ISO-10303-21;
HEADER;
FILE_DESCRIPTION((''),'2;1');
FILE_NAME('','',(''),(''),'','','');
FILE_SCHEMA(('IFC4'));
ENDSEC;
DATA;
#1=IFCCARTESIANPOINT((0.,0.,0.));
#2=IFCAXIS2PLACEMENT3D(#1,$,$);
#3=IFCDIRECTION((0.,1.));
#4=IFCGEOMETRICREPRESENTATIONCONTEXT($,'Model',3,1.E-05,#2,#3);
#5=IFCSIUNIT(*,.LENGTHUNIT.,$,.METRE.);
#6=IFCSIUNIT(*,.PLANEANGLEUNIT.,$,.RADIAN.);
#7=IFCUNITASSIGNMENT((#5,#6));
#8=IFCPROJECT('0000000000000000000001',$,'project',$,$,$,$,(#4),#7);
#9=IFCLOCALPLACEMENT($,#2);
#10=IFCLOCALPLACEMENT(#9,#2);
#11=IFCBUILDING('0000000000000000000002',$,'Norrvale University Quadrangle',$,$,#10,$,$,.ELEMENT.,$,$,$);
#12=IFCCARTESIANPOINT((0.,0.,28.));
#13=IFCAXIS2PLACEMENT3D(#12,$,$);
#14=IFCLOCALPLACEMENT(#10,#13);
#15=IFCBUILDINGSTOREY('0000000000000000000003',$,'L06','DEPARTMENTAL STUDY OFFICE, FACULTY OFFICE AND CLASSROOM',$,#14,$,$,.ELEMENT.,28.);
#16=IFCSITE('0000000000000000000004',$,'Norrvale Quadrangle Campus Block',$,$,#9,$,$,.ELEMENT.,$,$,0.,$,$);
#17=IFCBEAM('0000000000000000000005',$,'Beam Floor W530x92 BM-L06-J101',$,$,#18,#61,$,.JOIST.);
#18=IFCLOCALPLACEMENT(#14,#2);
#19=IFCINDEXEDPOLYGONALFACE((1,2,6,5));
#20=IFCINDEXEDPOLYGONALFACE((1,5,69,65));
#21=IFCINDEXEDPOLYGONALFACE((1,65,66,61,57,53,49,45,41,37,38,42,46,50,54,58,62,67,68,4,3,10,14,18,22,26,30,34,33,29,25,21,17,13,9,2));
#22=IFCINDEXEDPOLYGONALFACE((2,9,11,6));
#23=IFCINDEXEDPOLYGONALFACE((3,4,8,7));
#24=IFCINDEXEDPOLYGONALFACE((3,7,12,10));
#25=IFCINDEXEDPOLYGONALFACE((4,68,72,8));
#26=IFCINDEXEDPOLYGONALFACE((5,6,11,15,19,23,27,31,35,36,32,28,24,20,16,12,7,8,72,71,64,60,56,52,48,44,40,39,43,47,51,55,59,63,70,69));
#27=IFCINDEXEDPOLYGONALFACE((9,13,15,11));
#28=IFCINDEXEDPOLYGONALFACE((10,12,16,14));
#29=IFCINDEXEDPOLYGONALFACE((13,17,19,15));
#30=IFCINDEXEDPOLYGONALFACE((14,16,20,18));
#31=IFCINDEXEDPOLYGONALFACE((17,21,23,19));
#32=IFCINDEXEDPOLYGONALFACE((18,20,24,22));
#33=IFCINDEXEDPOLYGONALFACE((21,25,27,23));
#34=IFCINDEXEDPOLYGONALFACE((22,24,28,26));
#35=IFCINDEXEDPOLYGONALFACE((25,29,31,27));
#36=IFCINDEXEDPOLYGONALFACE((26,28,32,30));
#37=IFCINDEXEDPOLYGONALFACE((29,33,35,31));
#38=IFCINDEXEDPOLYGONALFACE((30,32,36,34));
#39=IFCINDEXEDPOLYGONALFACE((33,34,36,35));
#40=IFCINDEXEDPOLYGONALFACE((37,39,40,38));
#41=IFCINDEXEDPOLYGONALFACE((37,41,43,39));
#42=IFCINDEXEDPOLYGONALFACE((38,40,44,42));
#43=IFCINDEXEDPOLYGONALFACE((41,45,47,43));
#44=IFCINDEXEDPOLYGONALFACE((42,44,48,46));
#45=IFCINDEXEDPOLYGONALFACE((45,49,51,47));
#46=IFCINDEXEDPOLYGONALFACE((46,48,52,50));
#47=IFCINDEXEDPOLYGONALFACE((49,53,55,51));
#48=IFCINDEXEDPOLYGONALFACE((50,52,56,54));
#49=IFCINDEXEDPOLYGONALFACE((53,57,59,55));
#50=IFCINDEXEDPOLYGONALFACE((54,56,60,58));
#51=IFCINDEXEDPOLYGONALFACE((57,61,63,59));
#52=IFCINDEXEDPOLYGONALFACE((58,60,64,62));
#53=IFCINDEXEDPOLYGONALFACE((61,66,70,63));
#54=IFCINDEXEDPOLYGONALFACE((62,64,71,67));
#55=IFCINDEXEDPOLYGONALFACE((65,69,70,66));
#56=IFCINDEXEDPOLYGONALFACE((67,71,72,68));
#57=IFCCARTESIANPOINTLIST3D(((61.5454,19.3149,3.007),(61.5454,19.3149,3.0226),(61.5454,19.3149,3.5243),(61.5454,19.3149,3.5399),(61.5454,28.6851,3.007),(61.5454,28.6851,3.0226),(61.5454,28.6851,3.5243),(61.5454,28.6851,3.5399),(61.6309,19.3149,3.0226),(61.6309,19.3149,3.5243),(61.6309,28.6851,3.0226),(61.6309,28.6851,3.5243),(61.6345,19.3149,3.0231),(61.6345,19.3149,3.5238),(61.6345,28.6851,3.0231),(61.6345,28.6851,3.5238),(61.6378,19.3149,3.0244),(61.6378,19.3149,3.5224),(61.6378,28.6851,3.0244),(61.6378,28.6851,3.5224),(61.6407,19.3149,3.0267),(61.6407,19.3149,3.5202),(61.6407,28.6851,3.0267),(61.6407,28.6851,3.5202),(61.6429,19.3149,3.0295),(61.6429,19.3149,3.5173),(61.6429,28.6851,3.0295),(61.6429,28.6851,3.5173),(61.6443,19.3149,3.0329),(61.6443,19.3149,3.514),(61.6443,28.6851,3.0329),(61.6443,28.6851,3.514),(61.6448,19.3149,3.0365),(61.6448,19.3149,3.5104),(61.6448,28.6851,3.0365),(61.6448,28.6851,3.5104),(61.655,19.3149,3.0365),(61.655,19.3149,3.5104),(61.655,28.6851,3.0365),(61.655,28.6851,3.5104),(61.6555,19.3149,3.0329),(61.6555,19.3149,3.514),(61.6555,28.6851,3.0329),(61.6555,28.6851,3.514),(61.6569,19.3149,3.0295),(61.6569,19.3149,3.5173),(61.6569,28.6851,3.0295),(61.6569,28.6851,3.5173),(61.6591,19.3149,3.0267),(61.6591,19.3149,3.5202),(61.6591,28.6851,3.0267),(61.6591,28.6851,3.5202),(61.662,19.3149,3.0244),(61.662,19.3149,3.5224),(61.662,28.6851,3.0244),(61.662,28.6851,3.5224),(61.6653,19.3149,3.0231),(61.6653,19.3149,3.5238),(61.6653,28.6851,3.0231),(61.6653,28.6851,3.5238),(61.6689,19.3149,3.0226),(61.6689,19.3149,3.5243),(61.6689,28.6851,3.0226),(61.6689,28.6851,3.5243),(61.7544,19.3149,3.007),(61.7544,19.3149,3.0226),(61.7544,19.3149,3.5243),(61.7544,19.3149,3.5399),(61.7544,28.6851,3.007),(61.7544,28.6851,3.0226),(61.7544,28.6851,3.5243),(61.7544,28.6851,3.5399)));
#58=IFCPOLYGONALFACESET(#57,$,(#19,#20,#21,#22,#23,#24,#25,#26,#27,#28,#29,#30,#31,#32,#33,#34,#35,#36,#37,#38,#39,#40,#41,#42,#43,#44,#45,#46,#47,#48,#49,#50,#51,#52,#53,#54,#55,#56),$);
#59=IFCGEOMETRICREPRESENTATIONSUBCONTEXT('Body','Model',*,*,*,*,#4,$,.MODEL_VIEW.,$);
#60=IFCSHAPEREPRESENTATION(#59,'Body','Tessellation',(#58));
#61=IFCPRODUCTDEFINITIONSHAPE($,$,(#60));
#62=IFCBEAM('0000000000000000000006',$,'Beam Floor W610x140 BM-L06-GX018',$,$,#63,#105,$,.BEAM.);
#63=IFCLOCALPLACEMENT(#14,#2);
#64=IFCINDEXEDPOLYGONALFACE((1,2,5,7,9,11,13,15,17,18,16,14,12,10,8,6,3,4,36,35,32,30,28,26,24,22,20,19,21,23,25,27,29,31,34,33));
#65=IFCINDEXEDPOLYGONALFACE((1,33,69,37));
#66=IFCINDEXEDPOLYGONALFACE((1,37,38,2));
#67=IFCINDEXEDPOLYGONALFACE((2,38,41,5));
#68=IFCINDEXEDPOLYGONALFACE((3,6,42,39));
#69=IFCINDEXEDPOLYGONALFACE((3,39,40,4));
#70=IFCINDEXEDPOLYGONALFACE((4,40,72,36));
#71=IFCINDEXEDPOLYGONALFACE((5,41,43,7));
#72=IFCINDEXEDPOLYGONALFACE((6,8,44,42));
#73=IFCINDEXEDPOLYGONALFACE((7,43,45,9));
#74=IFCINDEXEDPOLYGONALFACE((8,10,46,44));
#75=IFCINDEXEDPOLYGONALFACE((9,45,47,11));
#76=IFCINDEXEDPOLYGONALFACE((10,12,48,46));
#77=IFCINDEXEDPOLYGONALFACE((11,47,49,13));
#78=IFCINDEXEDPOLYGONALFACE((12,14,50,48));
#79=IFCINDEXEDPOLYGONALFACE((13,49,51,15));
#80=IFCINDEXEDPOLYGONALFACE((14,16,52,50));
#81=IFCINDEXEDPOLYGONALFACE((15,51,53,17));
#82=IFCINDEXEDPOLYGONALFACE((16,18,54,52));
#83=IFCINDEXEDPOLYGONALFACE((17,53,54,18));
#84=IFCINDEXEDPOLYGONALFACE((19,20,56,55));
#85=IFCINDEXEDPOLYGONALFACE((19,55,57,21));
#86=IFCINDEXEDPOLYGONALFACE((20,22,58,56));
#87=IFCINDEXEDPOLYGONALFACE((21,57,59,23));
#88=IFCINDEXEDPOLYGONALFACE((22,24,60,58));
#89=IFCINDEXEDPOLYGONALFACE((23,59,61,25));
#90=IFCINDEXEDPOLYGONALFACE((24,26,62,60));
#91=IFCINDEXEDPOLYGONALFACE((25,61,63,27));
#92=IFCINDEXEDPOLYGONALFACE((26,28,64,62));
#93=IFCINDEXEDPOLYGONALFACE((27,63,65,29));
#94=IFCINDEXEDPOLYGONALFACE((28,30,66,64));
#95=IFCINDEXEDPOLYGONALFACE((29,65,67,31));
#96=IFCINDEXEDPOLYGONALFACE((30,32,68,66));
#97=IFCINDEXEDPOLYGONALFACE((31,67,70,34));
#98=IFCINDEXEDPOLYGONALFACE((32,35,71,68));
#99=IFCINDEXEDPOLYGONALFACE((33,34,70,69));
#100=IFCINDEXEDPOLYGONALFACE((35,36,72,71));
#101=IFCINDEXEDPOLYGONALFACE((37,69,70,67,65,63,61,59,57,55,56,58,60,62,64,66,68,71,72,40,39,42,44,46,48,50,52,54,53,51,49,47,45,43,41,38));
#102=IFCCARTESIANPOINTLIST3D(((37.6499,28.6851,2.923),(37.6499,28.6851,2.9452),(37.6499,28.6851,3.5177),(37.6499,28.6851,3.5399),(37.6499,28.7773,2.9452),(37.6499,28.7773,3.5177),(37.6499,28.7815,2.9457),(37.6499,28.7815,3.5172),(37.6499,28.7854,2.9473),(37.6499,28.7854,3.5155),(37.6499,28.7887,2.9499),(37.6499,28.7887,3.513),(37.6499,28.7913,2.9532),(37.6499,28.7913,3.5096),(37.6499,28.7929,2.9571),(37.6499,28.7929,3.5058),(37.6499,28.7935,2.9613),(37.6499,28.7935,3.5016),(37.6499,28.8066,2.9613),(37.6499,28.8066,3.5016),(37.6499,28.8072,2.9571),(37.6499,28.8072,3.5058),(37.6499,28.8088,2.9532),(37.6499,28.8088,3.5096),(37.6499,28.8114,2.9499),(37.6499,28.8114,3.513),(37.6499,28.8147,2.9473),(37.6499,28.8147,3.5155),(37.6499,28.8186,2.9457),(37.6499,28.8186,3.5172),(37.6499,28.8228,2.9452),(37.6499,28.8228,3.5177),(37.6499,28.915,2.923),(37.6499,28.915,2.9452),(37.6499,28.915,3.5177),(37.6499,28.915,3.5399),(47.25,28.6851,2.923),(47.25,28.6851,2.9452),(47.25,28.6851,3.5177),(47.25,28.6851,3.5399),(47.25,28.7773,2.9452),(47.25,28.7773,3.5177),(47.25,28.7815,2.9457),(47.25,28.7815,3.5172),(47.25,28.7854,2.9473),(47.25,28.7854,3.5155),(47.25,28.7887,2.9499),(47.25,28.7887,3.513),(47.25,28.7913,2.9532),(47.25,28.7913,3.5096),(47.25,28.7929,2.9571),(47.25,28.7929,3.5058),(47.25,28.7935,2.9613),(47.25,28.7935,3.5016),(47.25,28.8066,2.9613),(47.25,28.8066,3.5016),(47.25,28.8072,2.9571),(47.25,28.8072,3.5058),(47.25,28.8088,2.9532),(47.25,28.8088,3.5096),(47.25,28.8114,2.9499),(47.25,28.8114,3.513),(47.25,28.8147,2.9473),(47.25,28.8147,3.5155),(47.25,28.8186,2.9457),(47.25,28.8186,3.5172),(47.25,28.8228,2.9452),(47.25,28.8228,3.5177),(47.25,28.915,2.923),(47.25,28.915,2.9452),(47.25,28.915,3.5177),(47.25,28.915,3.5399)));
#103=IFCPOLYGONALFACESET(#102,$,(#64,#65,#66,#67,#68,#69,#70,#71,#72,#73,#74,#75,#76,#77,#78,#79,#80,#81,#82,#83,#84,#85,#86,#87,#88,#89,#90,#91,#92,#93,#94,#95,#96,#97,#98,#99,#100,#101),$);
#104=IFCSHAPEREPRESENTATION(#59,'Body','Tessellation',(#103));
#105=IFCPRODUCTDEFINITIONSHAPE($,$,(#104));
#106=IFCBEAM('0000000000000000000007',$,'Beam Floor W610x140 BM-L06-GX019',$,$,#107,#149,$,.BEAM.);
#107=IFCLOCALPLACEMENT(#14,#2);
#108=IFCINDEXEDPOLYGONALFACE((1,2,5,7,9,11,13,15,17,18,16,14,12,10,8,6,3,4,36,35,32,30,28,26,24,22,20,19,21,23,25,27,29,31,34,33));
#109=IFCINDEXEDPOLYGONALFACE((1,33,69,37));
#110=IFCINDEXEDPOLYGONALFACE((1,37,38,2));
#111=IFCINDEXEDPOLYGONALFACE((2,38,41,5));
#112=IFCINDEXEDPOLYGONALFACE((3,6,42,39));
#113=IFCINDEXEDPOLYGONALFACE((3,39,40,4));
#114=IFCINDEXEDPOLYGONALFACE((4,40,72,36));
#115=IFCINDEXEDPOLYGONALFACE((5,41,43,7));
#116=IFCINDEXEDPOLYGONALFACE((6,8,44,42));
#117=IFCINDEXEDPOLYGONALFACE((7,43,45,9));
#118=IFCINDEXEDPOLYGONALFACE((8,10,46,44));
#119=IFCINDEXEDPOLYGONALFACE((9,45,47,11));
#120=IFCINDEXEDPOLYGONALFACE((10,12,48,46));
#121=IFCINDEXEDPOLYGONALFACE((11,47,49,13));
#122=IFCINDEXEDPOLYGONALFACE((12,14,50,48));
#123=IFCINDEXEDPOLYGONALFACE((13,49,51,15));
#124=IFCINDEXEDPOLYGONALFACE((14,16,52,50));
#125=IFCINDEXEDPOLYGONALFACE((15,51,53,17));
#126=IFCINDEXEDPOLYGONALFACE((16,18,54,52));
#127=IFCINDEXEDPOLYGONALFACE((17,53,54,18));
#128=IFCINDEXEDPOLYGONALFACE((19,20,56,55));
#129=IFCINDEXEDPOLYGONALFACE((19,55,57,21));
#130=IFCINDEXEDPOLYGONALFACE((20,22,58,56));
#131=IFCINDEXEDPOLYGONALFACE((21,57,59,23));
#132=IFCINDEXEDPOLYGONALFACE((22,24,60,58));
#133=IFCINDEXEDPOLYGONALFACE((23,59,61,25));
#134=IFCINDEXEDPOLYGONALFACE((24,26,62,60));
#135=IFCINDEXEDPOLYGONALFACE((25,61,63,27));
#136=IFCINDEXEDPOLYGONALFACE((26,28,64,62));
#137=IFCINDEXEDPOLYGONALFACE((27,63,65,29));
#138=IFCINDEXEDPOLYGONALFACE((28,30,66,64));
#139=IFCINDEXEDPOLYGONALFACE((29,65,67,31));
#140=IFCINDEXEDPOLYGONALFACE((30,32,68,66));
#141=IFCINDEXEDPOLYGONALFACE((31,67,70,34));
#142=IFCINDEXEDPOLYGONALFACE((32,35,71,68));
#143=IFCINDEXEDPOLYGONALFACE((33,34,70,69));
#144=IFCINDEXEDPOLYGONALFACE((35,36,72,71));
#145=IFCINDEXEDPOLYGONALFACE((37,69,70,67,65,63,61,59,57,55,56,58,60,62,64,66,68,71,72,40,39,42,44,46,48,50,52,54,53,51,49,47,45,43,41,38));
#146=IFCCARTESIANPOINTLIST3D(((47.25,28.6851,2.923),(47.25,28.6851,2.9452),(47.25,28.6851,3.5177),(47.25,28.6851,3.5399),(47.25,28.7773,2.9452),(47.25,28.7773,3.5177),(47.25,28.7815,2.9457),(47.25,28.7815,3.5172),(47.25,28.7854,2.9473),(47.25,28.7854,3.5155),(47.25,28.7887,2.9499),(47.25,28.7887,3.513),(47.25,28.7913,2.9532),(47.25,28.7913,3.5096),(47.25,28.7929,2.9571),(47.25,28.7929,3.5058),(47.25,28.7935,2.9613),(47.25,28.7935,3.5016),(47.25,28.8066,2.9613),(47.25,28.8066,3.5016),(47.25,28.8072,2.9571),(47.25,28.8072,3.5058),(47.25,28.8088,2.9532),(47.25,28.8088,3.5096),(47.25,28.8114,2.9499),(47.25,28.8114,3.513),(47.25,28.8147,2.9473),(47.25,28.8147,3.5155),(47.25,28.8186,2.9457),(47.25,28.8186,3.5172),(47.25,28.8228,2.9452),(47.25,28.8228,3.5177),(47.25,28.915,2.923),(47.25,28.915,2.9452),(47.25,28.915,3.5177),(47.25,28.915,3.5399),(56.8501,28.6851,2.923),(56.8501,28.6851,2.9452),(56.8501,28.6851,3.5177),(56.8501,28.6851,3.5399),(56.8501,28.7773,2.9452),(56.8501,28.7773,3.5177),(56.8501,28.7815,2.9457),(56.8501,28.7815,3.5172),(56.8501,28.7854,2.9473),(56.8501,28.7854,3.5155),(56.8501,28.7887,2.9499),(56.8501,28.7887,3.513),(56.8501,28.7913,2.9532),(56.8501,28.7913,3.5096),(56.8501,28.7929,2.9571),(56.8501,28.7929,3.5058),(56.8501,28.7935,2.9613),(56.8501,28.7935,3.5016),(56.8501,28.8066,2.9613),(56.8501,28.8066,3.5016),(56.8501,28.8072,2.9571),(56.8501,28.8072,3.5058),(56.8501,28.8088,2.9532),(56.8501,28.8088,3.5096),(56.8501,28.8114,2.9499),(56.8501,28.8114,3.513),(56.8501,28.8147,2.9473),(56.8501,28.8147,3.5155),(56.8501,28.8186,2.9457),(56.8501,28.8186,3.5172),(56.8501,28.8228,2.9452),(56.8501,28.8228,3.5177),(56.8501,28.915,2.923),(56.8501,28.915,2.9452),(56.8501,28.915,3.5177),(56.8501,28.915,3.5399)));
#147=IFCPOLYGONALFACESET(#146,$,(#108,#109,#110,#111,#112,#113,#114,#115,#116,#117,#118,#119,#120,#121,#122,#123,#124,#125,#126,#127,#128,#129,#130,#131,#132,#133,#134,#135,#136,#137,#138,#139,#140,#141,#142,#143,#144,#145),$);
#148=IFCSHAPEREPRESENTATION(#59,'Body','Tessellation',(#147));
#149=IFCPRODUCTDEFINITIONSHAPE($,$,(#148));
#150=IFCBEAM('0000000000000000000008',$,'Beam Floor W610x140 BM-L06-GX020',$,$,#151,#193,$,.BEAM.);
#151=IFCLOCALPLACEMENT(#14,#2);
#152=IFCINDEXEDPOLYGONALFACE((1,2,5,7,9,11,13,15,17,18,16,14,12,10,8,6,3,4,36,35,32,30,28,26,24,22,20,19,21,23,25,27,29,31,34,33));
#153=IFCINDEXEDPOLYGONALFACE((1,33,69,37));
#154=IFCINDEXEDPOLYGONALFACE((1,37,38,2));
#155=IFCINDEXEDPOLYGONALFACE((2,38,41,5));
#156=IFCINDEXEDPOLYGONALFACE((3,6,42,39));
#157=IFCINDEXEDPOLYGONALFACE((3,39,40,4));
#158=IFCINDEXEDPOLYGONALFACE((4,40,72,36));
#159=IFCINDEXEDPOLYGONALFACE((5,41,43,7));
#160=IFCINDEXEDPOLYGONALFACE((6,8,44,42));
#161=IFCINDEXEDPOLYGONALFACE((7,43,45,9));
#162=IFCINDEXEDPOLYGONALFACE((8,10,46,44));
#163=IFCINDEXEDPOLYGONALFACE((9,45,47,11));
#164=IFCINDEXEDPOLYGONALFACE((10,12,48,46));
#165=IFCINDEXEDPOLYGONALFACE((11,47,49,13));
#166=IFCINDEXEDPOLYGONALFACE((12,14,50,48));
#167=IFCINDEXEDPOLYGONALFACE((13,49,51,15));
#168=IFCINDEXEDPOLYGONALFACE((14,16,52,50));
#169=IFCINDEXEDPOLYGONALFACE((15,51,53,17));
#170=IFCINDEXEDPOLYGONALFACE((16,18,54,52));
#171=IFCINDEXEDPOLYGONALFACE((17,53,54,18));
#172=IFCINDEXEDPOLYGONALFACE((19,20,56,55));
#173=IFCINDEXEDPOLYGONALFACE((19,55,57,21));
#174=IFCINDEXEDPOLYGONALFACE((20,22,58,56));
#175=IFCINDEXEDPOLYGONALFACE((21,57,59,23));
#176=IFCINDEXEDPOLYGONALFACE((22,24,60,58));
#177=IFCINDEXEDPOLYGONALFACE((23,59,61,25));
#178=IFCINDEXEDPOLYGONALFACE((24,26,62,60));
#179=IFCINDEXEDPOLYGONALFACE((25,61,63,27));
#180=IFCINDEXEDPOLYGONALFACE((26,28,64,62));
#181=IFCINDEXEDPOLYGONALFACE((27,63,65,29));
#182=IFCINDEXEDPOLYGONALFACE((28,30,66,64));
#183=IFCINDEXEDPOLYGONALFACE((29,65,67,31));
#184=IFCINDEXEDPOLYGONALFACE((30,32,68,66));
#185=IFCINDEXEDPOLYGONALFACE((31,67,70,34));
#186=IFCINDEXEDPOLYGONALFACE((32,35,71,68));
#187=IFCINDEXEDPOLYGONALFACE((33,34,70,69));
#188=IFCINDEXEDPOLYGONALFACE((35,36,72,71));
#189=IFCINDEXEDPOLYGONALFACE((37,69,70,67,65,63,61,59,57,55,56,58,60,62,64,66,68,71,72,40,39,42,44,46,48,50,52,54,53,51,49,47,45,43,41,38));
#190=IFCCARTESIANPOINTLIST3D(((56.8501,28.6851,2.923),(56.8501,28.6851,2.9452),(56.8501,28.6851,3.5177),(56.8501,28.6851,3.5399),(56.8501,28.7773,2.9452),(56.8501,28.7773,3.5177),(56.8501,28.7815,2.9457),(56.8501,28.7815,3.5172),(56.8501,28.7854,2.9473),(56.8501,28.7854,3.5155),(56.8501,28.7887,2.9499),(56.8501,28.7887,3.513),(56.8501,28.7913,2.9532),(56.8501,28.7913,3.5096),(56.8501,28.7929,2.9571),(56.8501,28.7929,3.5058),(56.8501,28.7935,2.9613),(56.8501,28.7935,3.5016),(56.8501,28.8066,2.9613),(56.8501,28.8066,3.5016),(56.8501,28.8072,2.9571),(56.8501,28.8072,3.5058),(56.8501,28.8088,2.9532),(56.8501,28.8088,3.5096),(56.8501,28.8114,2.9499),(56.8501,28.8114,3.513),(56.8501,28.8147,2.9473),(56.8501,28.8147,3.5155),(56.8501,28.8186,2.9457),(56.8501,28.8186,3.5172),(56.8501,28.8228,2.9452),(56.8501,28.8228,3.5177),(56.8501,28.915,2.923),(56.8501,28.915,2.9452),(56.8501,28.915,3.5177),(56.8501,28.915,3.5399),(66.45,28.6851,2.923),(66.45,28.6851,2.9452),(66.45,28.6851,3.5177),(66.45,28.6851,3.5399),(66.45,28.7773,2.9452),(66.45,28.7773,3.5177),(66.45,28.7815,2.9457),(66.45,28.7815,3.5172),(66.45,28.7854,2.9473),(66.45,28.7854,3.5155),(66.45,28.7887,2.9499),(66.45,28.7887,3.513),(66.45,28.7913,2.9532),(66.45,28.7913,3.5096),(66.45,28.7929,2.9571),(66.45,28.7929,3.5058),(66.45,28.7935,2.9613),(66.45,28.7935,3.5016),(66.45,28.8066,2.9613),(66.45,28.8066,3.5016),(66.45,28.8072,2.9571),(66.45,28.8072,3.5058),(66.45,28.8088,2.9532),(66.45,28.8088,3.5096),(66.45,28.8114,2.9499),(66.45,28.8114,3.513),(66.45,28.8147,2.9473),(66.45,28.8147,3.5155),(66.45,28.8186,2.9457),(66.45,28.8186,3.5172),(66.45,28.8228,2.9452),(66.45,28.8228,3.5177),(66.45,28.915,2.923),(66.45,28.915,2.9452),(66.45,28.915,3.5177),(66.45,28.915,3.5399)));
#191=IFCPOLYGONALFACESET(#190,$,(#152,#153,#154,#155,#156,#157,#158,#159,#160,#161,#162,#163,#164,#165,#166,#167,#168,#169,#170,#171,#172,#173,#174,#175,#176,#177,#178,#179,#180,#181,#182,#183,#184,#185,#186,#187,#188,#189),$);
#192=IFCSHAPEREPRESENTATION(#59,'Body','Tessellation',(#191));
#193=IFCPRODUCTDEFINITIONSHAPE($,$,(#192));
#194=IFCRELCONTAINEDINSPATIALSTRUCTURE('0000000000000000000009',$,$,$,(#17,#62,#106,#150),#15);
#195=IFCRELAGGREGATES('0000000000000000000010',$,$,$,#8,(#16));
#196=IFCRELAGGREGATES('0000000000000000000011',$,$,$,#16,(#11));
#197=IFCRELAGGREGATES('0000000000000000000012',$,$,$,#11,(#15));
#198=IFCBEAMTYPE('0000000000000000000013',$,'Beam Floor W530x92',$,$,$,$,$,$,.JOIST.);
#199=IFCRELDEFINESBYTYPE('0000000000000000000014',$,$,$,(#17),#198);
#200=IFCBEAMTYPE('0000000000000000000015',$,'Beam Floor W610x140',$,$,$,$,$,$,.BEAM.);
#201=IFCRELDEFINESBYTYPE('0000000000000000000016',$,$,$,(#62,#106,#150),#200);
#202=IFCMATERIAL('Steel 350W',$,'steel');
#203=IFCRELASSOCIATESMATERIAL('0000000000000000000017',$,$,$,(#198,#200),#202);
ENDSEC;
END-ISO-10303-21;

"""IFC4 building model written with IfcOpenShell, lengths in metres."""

from ifc_helpers import new_model, si_unit, direction, frame, origin, origin_2d, place, context, subcontext, project, spatial, i_section, extrude, material, material_profile, profile_set, type_object, element, save


model = new_model("IFC4")

# Units and contexts
model_context = context("Model", 3, precision=1e-05, world=origin(), true_north=direction((0.0, 1.0)))
body_context = subcontext(model_context, "Body", "Model", "MODEL_VIEW")
ifc_project = project(units=[si_unit("LENGTHUNIT", "METRE"), si_unit("PLANEANGLEUNIT", "RADIAN")], contexts=[model_context])

# Site, building, storey
site_placement = place(None, origin())
site = spatial("IfcSite", under=ifc_project, at=site_placement, Name="Norrvale Quadrangle Campus Block", CompositionType="ELEMENT", RefElevation=0.0)
building_placement = place(site_placement, origin())
building = spatial("IfcBuilding", under=site, at=building_placement, Name="Norrvale University Quadrangle", CompositionType="ELEMENT")
storey_placement = place(building_placement, frame((0.0, 0.0, 28.0)))
storey = spatial("IfcBuildingStorey", under=building, at=storey_placement, Name="L06", Description="DEPARTMENTAL STUDY OFFICE, FACULTY OFFICE AND CLASSROOM", CompositionType="ELEMENT", Elevation=28.0)

# Beams
ifc_material_1 = material(Name="Steel 350W", Category="steel")
ifc_material_profile_1 = material_profile(ifc_material_1, i_section(OverallWidth=0.209, OverallDepth=0.533, WebThickness=0.0103, FlangeThickness=0.0156, FilletRadius=0.0139, at=origin_2d()), Name="Steel 350W")
ifc_profile_set_1 = profile_set([ifc_material_profile_1], Name="Steel 350W")
beam_type_1 = type_object("IfcBeamType", Name="Beam Floor W530x92", PredefinedType="JOIST", material=ifc_profile_set_1)
beam_1_placement = place(storey_placement, frame((61.6499, 19.3149, 3.2734), z_axis=(0.0, 1.0, 0.0), x_axis=(-1.0, 0.0, 0.0)))
element("IfcBeam", 1, at=beam_1_placement, inside=storey, type_object=beam_type_1, Name="Beam Floor W530x92 BM-L06-J101", PredefinedType="JOIST", context=body_context, shape_type="SweptSolid", body=[
    extrude(i_section(OverallWidth=0.209, OverallDepth=0.533, WebThickness=0.0103, FlangeThickness=0.0156, FilletRadius=0.0139, at=origin_2d()), origin(), (0.0, 0.0, 1.0), 9.3701),
])
ifc_material_profile_2 = material_profile(ifc_material_1, i_section(OverallWidth=0.23, OverallDepth=0.6169, WebThickness=0.0132, FlangeThickness=0.0222, FilletRadius=0.0161, at=origin_2d()), Name="Steel 350W")
ifc_profile_set_2 = profile_set([ifc_material_profile_2], Name="Steel 350W")
beam_type_2 = type_object("IfcBeamType", Name="Beam Floor W610x140", PredefinedType="BEAM", material=ifc_profile_set_2)
for number, where, z_axis, x_axis, name in (
    (2, (37.6499, 28.8, 3.2314), (1.0, 0.0, 0.0), (0.0, 1.0, 0.0), "Beam Floor W610x140 BM-L06-GX018"),
    (3, (47.25, 28.8, 3.2314), (1.0, 0.0, 0.0), (0.0, 1.0, 0.0), "Beam Floor W610x140 BM-L06-GX019"),
):
    element("IfcBeam", number, at=place(storey_placement, frame(where, z_axis=z_axis, x_axis=x_axis)), inside=storey, type_object=beam_type_2, Name=name, PredefinedType="BEAM", context=body_context, shape_type="SweptSolid", body=[
        extrude(i_section(OverallWidth=0.23, OverallDepth=0.6169, WebThickness=0.0132, FlangeThickness=0.0222, FilletRadius=0.0161, at=origin_2d()), origin(), (0.0, 0.0, 1.0), 9.6001),
    ])
beam_2_placement = place(storey_placement, frame((56.8501, 28.8, 3.2314), z_axis=(1.0, 0.0, 0.0), x_axis=(0.0, 1.0, 0.0)))
element("IfcBeam", 4, at=beam_2_placement, inside=storey, type_object=beam_type_2, Name="Beam Floor W610x140 BM-L06-GX020", PredefinedType="BEAM", context=body_context, shape_type="SweptSolid", body=[
    extrude(i_section(OverallWidth=0.23, OverallDepth=0.6169, WebThickness=0.0132, FlangeThickness=0.0222, FilletRadius=0.0161, at=origin_2d()), origin(), (0.0, 0.0, 1.0), 9.5999),
])

save(model, "model.ifc")
